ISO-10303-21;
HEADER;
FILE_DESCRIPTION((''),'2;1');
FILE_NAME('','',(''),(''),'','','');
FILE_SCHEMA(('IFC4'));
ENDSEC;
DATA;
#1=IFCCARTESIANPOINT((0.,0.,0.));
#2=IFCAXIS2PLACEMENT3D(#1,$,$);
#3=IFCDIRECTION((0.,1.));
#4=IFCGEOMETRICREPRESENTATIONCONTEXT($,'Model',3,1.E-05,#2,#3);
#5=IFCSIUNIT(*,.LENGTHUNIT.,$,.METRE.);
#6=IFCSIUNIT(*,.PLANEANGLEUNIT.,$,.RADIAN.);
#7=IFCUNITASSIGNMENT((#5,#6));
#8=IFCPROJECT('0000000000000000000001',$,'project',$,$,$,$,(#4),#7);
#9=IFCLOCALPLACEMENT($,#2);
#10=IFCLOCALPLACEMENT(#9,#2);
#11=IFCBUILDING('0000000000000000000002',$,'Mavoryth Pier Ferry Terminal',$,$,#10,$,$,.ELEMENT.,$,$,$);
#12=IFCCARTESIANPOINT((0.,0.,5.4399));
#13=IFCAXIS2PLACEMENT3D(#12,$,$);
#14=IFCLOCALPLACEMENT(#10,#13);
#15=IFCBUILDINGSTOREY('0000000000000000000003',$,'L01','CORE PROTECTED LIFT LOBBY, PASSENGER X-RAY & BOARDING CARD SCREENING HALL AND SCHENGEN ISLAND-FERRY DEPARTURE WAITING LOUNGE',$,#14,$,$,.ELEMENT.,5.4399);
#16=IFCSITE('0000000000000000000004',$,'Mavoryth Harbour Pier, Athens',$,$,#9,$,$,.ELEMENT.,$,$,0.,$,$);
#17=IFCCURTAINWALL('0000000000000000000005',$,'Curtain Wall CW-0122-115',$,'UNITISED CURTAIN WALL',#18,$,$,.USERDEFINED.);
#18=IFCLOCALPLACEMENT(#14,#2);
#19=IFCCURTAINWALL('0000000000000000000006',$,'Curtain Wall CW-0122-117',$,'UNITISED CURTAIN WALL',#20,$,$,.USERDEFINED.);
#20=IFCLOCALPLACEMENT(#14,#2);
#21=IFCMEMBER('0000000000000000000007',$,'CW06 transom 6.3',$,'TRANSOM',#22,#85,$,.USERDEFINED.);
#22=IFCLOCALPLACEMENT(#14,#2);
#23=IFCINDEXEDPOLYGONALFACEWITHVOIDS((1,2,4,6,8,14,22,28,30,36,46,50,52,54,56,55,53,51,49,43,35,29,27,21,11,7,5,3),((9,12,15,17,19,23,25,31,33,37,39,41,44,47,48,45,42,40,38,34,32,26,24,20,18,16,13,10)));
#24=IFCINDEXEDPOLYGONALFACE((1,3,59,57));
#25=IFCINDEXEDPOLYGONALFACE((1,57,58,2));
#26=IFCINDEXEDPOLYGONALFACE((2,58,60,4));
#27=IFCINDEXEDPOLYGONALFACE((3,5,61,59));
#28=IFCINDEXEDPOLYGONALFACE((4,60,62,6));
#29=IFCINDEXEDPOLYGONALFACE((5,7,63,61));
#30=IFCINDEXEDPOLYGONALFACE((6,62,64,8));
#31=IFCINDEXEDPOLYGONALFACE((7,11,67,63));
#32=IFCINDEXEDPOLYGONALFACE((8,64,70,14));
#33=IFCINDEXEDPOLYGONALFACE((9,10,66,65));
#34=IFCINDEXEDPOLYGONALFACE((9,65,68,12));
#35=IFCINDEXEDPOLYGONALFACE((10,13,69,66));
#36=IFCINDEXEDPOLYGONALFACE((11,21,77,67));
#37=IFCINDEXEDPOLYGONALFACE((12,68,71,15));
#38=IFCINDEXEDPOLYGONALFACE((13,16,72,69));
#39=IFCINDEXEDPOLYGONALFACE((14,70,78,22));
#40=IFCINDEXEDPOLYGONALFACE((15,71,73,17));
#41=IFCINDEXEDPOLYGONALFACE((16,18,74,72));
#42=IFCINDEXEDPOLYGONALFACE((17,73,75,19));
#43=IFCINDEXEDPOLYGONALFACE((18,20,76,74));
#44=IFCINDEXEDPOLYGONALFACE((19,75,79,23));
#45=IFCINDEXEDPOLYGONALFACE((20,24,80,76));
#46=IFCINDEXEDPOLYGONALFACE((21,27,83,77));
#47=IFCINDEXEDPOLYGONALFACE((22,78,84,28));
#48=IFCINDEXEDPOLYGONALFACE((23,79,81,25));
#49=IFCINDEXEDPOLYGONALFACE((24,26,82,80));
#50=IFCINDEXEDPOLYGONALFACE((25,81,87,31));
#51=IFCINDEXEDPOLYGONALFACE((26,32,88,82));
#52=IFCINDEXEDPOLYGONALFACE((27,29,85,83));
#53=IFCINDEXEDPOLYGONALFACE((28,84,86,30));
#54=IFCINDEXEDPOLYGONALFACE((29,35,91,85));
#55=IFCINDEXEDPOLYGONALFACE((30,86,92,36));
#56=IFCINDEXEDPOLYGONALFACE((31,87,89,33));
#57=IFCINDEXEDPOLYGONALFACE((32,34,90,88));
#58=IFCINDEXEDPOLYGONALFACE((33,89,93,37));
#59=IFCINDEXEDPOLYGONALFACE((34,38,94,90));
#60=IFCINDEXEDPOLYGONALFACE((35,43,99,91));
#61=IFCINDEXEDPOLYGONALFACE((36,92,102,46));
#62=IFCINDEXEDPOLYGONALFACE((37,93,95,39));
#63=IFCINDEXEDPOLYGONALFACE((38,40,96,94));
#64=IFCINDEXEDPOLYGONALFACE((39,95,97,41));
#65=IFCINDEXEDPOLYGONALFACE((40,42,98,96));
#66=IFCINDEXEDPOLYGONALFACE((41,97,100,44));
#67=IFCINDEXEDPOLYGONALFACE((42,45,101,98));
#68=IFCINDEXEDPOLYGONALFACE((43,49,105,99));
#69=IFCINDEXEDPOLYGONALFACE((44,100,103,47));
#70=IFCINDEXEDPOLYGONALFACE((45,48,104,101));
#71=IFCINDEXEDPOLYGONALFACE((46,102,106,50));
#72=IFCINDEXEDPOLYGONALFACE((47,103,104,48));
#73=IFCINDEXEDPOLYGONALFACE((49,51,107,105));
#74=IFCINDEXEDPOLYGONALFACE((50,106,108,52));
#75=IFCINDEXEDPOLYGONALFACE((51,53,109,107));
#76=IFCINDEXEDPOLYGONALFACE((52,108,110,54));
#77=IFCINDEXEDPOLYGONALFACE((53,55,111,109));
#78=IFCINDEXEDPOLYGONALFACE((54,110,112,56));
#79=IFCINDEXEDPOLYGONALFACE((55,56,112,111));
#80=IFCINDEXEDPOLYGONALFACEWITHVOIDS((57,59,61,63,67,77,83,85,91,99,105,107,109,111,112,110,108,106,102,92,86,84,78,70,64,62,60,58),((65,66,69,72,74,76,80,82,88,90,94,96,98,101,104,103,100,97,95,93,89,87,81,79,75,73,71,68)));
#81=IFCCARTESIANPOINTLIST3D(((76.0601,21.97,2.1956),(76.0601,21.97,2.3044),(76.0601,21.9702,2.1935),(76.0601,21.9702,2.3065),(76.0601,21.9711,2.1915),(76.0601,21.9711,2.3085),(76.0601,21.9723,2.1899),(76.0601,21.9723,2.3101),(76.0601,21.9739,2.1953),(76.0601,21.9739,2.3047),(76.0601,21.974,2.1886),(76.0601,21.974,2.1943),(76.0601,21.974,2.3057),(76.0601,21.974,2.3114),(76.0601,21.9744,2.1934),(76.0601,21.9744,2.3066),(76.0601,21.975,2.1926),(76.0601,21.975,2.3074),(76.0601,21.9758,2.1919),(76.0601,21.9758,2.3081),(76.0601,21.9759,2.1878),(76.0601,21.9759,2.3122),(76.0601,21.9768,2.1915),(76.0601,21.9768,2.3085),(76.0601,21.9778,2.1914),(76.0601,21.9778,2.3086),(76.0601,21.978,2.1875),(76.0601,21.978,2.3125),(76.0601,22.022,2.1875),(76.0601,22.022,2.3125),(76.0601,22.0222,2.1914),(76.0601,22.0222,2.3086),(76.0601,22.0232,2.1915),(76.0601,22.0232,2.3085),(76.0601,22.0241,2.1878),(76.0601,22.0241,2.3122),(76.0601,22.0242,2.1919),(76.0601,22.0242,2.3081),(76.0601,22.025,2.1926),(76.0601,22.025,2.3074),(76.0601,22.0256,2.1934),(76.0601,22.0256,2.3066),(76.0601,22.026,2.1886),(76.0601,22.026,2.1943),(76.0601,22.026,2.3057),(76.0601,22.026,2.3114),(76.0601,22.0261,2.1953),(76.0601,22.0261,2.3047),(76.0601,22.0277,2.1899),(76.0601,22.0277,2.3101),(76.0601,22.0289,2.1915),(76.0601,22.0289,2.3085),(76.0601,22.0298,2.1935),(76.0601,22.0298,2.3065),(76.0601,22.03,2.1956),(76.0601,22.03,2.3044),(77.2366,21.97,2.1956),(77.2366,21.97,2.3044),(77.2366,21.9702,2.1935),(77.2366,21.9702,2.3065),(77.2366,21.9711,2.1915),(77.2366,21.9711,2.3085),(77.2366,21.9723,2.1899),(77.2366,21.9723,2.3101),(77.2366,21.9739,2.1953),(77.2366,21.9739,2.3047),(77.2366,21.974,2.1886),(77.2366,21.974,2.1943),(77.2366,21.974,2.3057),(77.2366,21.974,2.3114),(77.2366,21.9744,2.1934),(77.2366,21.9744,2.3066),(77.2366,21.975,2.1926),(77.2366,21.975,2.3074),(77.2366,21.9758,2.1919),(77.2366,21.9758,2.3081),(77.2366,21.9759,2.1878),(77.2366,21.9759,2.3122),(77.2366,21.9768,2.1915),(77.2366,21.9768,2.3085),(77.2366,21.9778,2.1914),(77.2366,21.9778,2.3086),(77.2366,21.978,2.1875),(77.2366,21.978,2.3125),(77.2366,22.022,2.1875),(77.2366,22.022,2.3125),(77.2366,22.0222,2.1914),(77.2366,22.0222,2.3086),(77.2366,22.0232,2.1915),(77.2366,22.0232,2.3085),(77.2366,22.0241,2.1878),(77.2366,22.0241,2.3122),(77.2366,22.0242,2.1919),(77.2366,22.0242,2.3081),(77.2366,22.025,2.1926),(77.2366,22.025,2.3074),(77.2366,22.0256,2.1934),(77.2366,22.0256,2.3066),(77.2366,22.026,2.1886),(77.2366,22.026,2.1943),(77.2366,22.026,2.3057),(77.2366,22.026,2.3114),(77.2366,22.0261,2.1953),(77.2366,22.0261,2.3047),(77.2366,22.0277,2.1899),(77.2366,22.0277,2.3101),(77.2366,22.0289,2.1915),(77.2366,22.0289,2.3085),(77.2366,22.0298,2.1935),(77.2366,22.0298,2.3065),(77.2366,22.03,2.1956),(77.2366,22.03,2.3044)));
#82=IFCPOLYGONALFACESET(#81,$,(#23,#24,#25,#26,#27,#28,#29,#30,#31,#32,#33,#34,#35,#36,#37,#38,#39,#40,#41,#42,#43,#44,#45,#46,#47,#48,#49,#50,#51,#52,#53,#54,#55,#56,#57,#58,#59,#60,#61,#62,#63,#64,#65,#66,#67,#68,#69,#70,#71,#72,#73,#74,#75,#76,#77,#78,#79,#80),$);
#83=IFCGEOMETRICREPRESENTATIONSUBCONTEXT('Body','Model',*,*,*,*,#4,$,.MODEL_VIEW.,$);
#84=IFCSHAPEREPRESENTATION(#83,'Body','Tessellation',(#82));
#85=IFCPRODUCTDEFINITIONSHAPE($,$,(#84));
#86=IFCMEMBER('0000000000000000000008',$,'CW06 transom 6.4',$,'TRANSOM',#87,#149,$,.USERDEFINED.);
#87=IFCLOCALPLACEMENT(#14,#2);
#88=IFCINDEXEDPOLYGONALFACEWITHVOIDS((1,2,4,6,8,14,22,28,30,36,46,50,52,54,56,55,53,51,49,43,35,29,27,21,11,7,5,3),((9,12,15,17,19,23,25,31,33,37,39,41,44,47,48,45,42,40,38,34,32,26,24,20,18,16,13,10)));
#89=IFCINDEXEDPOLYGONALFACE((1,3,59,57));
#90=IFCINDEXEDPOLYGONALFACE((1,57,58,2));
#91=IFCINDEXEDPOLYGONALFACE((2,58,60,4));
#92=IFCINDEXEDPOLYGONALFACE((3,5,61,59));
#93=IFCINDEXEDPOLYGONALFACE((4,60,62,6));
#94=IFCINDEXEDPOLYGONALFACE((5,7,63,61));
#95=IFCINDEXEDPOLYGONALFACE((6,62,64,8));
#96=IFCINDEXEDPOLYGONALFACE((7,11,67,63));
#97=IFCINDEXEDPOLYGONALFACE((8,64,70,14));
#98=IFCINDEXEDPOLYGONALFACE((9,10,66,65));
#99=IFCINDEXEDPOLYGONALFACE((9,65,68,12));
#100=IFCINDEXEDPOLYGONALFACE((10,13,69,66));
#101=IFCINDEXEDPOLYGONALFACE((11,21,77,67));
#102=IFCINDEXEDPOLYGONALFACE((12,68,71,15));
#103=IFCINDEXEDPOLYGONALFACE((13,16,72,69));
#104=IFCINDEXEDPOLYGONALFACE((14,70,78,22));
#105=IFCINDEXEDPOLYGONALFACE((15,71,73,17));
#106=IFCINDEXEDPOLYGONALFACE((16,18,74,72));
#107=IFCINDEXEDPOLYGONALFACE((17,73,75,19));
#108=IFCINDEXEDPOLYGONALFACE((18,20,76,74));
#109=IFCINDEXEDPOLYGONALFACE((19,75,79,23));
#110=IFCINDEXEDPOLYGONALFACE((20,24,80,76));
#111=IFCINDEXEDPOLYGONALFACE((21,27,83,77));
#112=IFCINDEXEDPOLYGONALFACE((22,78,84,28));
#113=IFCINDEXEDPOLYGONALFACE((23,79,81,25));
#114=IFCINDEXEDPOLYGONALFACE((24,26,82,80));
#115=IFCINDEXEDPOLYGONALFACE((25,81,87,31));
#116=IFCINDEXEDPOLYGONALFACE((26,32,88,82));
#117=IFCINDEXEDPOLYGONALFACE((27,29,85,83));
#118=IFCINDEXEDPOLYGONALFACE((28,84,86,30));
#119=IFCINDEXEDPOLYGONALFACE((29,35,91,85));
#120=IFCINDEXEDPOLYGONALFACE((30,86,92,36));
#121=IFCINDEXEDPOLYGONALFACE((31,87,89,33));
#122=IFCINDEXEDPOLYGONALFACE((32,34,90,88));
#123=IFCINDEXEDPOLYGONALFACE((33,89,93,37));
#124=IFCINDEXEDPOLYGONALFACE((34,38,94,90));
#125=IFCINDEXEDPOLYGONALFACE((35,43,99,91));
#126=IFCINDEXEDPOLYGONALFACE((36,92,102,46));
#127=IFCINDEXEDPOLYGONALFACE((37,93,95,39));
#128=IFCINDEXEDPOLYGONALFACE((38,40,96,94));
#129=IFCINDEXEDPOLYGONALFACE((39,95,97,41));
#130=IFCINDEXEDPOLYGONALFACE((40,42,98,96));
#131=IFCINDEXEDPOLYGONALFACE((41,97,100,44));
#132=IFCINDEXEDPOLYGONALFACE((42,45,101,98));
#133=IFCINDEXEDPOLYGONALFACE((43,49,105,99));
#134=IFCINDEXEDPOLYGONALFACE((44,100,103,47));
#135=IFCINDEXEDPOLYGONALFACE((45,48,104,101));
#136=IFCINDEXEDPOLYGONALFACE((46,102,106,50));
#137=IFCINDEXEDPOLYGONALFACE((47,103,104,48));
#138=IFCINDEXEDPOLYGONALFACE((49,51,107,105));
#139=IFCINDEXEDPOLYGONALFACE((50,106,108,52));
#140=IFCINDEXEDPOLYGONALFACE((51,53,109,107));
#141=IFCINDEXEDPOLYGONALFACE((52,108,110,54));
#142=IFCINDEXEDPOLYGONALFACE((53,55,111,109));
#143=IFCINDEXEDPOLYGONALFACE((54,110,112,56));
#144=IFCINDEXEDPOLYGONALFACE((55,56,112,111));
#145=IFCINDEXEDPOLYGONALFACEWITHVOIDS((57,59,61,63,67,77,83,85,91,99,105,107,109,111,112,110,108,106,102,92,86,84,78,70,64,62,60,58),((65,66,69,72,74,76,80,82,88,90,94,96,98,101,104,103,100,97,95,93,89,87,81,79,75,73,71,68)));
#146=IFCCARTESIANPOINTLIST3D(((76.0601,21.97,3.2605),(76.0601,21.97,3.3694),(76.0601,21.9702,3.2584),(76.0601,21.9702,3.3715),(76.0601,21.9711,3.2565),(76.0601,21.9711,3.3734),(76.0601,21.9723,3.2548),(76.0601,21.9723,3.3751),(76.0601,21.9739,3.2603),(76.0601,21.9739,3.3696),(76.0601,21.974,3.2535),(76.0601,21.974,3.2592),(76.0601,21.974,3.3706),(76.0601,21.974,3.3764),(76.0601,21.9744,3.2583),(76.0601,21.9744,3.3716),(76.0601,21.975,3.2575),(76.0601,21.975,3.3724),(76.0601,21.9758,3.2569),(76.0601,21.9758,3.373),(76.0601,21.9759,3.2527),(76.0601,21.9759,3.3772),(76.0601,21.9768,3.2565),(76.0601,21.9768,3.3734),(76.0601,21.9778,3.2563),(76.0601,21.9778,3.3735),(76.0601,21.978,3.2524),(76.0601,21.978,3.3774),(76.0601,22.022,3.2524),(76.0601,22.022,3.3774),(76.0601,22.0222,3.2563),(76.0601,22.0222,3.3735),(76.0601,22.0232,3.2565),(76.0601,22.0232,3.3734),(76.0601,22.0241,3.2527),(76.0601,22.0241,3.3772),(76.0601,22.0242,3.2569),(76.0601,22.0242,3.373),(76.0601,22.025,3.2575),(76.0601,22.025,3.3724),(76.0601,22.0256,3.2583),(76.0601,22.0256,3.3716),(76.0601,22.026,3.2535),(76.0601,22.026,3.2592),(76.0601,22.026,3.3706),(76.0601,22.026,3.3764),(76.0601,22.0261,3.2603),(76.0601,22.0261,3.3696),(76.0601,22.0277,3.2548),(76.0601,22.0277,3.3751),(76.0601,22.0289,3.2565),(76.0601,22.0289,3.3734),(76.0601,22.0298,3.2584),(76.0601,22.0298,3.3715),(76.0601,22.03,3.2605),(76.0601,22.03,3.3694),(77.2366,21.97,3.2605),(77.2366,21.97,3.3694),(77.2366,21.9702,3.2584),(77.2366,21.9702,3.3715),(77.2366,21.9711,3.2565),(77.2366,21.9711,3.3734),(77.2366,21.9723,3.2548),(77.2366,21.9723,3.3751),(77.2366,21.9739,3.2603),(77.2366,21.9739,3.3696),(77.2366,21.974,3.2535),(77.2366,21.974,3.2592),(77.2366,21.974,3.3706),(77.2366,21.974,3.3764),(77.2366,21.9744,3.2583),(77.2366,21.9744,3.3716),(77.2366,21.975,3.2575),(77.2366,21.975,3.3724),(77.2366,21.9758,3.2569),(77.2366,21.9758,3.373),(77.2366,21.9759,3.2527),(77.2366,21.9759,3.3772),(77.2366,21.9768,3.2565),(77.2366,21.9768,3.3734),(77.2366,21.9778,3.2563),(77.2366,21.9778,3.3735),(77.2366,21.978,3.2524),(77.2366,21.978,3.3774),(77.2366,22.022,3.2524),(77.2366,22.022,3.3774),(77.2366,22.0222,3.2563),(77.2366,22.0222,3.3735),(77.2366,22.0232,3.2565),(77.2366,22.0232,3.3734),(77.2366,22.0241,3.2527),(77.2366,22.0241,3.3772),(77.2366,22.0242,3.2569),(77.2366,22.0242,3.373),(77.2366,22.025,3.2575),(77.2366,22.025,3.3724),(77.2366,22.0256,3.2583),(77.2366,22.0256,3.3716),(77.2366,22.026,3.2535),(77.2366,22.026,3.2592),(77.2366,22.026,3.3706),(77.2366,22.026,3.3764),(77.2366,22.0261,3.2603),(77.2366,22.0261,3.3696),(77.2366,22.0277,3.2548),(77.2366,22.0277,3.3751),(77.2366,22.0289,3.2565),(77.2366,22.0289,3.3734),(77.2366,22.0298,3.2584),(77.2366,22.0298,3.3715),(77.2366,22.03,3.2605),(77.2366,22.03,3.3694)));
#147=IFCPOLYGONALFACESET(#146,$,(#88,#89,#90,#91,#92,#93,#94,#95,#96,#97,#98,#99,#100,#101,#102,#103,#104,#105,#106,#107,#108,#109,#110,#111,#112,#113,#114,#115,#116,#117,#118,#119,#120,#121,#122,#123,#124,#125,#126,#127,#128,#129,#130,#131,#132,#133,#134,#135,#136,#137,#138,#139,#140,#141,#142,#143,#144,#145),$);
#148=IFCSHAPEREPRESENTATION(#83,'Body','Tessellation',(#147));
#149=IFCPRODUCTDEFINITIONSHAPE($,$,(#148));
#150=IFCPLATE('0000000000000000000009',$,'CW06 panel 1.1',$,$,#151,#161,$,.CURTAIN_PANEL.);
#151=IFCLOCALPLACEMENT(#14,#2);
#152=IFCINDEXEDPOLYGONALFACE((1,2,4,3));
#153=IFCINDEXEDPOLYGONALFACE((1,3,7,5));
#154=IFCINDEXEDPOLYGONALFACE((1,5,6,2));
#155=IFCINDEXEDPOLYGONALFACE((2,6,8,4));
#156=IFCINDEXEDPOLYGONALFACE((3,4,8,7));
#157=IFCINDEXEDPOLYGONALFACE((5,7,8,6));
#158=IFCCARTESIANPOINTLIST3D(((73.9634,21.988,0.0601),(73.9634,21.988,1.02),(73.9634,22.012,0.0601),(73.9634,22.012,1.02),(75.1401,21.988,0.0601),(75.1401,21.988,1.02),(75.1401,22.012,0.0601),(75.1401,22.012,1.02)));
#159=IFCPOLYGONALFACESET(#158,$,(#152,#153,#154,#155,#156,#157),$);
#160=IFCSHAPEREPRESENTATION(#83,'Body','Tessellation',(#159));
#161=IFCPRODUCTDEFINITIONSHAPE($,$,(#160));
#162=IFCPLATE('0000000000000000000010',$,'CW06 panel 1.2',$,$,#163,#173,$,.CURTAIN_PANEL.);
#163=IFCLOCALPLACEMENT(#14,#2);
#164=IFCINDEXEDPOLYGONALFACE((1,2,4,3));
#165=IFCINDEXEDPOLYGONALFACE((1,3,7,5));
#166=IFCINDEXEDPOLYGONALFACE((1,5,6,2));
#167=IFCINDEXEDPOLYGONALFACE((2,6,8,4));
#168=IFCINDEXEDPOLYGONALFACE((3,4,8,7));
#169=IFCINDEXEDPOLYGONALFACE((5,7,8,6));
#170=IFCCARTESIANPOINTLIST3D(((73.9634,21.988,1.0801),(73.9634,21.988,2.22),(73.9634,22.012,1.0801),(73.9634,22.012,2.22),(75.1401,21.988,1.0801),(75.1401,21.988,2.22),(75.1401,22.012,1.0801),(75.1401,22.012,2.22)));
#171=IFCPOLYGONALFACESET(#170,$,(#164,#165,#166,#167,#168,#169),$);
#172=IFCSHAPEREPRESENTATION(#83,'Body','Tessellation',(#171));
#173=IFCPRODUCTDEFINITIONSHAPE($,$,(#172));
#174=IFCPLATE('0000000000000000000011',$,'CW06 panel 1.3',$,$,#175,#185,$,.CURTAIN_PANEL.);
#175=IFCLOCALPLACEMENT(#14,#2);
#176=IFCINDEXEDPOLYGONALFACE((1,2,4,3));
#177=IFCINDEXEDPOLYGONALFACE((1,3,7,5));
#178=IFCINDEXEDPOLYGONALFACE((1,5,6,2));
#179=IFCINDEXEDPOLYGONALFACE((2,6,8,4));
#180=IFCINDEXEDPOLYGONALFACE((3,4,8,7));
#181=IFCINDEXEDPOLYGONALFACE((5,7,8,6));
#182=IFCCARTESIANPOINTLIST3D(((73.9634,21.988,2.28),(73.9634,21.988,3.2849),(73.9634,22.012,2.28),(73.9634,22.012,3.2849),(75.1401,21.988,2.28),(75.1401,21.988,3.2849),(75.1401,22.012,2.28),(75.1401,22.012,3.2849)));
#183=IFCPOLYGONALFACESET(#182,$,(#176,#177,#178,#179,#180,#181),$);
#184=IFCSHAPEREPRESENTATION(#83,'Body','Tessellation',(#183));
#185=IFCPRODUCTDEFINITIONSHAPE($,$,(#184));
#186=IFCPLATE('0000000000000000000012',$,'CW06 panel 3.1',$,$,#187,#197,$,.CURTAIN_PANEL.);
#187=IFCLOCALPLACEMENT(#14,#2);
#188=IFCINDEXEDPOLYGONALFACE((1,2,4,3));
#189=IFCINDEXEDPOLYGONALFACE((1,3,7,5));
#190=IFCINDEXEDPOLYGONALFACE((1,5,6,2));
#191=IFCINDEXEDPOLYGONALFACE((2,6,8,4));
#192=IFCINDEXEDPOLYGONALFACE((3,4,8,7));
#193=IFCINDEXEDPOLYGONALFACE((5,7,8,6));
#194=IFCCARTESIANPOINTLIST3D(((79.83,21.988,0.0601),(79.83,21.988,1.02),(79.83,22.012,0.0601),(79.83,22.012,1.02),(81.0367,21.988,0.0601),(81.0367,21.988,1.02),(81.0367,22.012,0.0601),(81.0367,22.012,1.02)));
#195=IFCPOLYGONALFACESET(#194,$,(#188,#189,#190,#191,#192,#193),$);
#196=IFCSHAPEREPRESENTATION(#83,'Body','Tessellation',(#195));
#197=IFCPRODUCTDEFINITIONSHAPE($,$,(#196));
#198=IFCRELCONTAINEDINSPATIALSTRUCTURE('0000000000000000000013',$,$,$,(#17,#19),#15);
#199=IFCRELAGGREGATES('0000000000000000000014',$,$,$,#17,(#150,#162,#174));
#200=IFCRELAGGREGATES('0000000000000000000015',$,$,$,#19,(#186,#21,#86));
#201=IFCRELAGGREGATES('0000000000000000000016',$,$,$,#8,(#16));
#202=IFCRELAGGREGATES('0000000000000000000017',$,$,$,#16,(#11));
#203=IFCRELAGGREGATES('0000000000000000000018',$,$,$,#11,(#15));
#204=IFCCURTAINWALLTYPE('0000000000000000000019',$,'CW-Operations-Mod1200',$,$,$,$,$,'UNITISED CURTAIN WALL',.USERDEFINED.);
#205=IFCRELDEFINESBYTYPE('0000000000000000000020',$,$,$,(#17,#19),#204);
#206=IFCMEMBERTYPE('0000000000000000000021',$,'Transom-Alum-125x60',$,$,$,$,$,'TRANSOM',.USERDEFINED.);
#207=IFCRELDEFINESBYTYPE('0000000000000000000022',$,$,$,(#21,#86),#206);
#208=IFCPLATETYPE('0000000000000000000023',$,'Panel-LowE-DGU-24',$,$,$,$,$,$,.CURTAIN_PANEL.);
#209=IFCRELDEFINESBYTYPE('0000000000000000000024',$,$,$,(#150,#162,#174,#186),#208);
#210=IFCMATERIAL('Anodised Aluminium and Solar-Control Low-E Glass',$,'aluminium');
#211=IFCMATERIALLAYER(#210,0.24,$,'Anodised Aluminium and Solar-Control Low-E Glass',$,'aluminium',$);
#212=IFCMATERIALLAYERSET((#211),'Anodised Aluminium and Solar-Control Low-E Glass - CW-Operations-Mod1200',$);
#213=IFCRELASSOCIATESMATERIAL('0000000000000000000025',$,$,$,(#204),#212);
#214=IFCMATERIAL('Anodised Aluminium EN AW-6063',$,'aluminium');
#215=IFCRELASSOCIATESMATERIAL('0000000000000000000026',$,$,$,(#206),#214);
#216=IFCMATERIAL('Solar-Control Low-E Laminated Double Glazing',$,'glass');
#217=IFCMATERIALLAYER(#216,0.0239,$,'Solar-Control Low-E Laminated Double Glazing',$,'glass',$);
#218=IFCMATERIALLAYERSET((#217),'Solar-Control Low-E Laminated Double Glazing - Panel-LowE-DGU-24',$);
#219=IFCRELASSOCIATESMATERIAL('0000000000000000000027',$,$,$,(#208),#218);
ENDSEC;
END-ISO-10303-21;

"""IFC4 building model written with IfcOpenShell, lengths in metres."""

from ifc_helpers import new_model, si_unit, direction, frame, origin, origin_2d, place, context, subcontext, project, spatial, rectangle, hollow_rectangle, extrude, material, layer, layer_set, material_profile, profile_set, type_object, element, aggregate, save


model = new_model("IFC4")

# Units and contexts
model_context = context("Model", 3, precision=1e-05, world=origin(), true_north=direction((0.0, 1.0)))
body_context = subcontext(model_context, "Body", "Model", "MODEL_VIEW")
ifc_project = project(units=[si_unit("LENGTHUNIT", "METRE"), si_unit("PLANEANGLEUNIT", "RADIAN")], contexts=[model_context])

# Site, building, storey
site_placement = place(None, origin())
site = spatial("IfcSite", under=ifc_project, at=site_placement, Name="Mavoryth Harbour Pier, Athens", CompositionType="ELEMENT", RefElevation=0.0)
building_placement = place(site_placement, origin())
building = spatial("IfcBuilding", under=site, at=building_placement, Name="Mavoryth Pier Ferry Terminal", CompositionType="ELEMENT")
storey_placement = place(building_placement, frame((0.0, 0.0, 5.4399)))
storey = spatial("IfcBuildingStorey", under=building, at=storey_placement, Name="L01", Description="CORE PROTECTED LIFT LOBBY, PASSENGER X-RAY & BOARDING CARD SCREENING HALL AND SCHENGEN ISLAND-FERRY DEPARTURE WAITING LOUNGE", CompositionType="ELEMENT", Elevation=5.4399)

# Curtain walls
ifc_material_1 = material(Name="Anodised Aluminium and Solar-Control Low-E Glass", Category="aluminium")
ifc_layer_1 = layer(ifc_material_1, 0.24, Name="Anodised Aluminium and Solar-Control Low-E Glass", Category="aluminium")
ifc_layer_set_1 = layer_set([ifc_layer_1], Name="Anodised Aluminium and Solar-Control Low-E Glass - CW-Operations-Mod1200")
curtain_wall_type = type_object("IfcCurtainWallType", Name="CW-Operations-Mod1200", ElementType="UNITISED CURTAIN WALL", PredefinedType="USERDEFINED", material=ifc_layer_set_1)
curtain_wall_1_placement = place(storey_placement, origin())
curtain_wall_1 = element("IfcCurtainWall", 1, at=curtain_wall_1_placement, inside=storey, type_object=curtain_wall_type, Name="Curtain Wall CW-0122-115", ObjectType="UNITISED CURTAIN WALL", PredefinedType="USERDEFINED")
ifc_material_2 = material(Name="Anodised Aluminium EN AW-6063", Category="aluminium")
curtain_wall_2_placement = place(storey_placement, origin())
curtain_wall_2 = element("IfcCurtainWall", 2, at=curtain_wall_2_placement, inside=storey, type_object=curtain_wall_type, Name="Curtain Wall CW-0122-117", ObjectType="UNITISED CURTAIN WALL", PredefinedType="USERDEFINED")

# Members
ifc_material_profile_1 = material_profile(ifc_material_2, hollow_rectangle(XDim=0.0601, YDim=0.125, WallThickness=0.0039, InnerFilletRadius=0.0039, OuterFilletRadius=0.0081, at=origin_2d()), Name="AL-TRAN 125x60x4", Category="aluminium")
ifc_profile_set_1 = profile_set([ifc_material_profile_1], Name="Anodised Aluminium EN AW-6063 - AL-TRAN 125x60x4")
member_type_1 = type_object("IfcMemberType", Name="Transom-Alum-125x60", ElementType="TRANSOM", PredefinedType="USERDEFINED", material=ifc_profile_set_1)
member_1_placement = place(storey_placement, frame((77.2366, 22.0, 2.25), z_axis=(-1.0, 0.0, 0.0), x_axis=(0.0, -1.0, 0.0)))
member_1 = element("IfcMember", 3, at=member_1_placement, type_object=member_type_1, Name="CW06 transom 6.3", ObjectType="TRANSOM", PredefinedType="USERDEFINED", context=body_context, shape_type="SweptSolid", body=[
    extrude(hollow_rectangle(XDim=0.0601, YDim=0.125, WallThickness=0.0039, InnerFilletRadius=0.0039, OuterFilletRadius=0.0081, at=origin_2d()), origin(), (0.0, 0.0, 1.0), 1.1765),
])
member_2_placement = place(storey_placement, frame((77.2366, 22.0, 3.3149), z_axis=(-1.0, 0.0, 0.0), x_axis=(0.0, -1.0, 0.0)))
member_2 = element("IfcMember", 4, at=member_2_placement, type_object=member_type_1, Name="CW06 transom 6.4", ObjectType="TRANSOM", PredefinedType="USERDEFINED", context=body_context, shape_type="SweptSolid", body=[
    extrude(hollow_rectangle(XDim=0.0601, YDim=0.125, WallThickness=0.0039, InnerFilletRadius=0.0039, OuterFilletRadius=0.0081, at=origin_2d()), origin(), (0.0, 0.0, 1.0), 1.1765),
])

# Plates
ifc_material_3 = material(Name="Solar-Control Low-E Laminated Double Glazing", Category="glass")
ifc_layer_2 = layer(ifc_material_3, 0.0239, Name="Solar-Control Low-E Laminated Double Glazing", Category="glass")
ifc_layer_set_2 = layer_set([ifc_layer_2], Name="Solar-Control Low-E Laminated Double Glazing - Panel-LowE-DGU-24")
plate_type = type_object("IfcPlateType", Name="Panel-LowE-DGU-24", PredefinedType="CURTAIN_PANEL", material=ifc_layer_set_2)
plate_1_placement = place(storey_placement, frame((74.5518, 22.0, 0.0601), z_axis=(0.0, 0.0, 1.0), x_axis=(-1.0, 0.0, 0.0)))
plate_1 = element("IfcPlate", 5, at=plate_1_placement, type_object=plate_type, Name="CW06 panel 1.1", PredefinedType="CURTAIN_PANEL", context=body_context, shape_type="SweptSolid", body=[
    extrude(rectangle(XDim=1.1768, YDim=0.0239, at=origin_2d()), origin(), (0.0, 0.0, 1.0), 0.96),
])
plate_2_placement = place(storey_placement, frame((74.5518, 22.0, 1.0801), z_axis=(0.0, 0.0, 1.0), x_axis=(-1.0, 0.0, 0.0)))
plate_2 = element("IfcPlate", 6, at=plate_2_placement, type_object=plate_type, Name="CW06 panel 1.2", PredefinedType="CURTAIN_PANEL", context=body_context, shape_type="SweptSolid", body=[
    extrude(rectangle(XDim=1.1768, YDim=0.0239, at=origin_2d()), origin(), (0.0, 0.0, 1.0), 1.1399),
])
plate_3_placement = place(storey_placement, frame((74.5518, 22.0, 2.28), z_axis=(0.0, 0.0, 1.0), x_axis=(-1.0, 0.0, 0.0)))
plate_3 = element("IfcPlate", 7, at=plate_3_placement, type_object=plate_type, Name="CW06 panel 1.3", PredefinedType="CURTAIN_PANEL", context=body_context, shape_type="SweptSolid", body=[
    extrude(rectangle(XDim=1.1768, YDim=0.0239, at=origin_2d()), origin(), (0.0, 0.0, 1.0), 1.0049),
])
aggregate(curtain_wall_1, [plate_1, plate_2, plate_3])
plate_4_placement = place(storey_placement, frame((80.4333, 22.0, 0.0601), z_axis=(0.0, 0.0, 1.0), x_axis=(-1.0, 0.0, 0.0)))
plate_4 = element("IfcPlate", 8, at=plate_4_placement, type_object=plate_type, Name="CW06 panel 3.1", PredefinedType="CURTAIN_PANEL", context=body_context, shape_type="SweptSolid", body=[
    extrude(rectangle(XDim=1.2068, YDim=0.0239, at=origin_2d()), origin(), (0.0, 0.0, 1.0), 0.96),
])
aggregate(curtain_wall_2, [plate_4, member_1, member_2])

save(model, "model.ifc")
